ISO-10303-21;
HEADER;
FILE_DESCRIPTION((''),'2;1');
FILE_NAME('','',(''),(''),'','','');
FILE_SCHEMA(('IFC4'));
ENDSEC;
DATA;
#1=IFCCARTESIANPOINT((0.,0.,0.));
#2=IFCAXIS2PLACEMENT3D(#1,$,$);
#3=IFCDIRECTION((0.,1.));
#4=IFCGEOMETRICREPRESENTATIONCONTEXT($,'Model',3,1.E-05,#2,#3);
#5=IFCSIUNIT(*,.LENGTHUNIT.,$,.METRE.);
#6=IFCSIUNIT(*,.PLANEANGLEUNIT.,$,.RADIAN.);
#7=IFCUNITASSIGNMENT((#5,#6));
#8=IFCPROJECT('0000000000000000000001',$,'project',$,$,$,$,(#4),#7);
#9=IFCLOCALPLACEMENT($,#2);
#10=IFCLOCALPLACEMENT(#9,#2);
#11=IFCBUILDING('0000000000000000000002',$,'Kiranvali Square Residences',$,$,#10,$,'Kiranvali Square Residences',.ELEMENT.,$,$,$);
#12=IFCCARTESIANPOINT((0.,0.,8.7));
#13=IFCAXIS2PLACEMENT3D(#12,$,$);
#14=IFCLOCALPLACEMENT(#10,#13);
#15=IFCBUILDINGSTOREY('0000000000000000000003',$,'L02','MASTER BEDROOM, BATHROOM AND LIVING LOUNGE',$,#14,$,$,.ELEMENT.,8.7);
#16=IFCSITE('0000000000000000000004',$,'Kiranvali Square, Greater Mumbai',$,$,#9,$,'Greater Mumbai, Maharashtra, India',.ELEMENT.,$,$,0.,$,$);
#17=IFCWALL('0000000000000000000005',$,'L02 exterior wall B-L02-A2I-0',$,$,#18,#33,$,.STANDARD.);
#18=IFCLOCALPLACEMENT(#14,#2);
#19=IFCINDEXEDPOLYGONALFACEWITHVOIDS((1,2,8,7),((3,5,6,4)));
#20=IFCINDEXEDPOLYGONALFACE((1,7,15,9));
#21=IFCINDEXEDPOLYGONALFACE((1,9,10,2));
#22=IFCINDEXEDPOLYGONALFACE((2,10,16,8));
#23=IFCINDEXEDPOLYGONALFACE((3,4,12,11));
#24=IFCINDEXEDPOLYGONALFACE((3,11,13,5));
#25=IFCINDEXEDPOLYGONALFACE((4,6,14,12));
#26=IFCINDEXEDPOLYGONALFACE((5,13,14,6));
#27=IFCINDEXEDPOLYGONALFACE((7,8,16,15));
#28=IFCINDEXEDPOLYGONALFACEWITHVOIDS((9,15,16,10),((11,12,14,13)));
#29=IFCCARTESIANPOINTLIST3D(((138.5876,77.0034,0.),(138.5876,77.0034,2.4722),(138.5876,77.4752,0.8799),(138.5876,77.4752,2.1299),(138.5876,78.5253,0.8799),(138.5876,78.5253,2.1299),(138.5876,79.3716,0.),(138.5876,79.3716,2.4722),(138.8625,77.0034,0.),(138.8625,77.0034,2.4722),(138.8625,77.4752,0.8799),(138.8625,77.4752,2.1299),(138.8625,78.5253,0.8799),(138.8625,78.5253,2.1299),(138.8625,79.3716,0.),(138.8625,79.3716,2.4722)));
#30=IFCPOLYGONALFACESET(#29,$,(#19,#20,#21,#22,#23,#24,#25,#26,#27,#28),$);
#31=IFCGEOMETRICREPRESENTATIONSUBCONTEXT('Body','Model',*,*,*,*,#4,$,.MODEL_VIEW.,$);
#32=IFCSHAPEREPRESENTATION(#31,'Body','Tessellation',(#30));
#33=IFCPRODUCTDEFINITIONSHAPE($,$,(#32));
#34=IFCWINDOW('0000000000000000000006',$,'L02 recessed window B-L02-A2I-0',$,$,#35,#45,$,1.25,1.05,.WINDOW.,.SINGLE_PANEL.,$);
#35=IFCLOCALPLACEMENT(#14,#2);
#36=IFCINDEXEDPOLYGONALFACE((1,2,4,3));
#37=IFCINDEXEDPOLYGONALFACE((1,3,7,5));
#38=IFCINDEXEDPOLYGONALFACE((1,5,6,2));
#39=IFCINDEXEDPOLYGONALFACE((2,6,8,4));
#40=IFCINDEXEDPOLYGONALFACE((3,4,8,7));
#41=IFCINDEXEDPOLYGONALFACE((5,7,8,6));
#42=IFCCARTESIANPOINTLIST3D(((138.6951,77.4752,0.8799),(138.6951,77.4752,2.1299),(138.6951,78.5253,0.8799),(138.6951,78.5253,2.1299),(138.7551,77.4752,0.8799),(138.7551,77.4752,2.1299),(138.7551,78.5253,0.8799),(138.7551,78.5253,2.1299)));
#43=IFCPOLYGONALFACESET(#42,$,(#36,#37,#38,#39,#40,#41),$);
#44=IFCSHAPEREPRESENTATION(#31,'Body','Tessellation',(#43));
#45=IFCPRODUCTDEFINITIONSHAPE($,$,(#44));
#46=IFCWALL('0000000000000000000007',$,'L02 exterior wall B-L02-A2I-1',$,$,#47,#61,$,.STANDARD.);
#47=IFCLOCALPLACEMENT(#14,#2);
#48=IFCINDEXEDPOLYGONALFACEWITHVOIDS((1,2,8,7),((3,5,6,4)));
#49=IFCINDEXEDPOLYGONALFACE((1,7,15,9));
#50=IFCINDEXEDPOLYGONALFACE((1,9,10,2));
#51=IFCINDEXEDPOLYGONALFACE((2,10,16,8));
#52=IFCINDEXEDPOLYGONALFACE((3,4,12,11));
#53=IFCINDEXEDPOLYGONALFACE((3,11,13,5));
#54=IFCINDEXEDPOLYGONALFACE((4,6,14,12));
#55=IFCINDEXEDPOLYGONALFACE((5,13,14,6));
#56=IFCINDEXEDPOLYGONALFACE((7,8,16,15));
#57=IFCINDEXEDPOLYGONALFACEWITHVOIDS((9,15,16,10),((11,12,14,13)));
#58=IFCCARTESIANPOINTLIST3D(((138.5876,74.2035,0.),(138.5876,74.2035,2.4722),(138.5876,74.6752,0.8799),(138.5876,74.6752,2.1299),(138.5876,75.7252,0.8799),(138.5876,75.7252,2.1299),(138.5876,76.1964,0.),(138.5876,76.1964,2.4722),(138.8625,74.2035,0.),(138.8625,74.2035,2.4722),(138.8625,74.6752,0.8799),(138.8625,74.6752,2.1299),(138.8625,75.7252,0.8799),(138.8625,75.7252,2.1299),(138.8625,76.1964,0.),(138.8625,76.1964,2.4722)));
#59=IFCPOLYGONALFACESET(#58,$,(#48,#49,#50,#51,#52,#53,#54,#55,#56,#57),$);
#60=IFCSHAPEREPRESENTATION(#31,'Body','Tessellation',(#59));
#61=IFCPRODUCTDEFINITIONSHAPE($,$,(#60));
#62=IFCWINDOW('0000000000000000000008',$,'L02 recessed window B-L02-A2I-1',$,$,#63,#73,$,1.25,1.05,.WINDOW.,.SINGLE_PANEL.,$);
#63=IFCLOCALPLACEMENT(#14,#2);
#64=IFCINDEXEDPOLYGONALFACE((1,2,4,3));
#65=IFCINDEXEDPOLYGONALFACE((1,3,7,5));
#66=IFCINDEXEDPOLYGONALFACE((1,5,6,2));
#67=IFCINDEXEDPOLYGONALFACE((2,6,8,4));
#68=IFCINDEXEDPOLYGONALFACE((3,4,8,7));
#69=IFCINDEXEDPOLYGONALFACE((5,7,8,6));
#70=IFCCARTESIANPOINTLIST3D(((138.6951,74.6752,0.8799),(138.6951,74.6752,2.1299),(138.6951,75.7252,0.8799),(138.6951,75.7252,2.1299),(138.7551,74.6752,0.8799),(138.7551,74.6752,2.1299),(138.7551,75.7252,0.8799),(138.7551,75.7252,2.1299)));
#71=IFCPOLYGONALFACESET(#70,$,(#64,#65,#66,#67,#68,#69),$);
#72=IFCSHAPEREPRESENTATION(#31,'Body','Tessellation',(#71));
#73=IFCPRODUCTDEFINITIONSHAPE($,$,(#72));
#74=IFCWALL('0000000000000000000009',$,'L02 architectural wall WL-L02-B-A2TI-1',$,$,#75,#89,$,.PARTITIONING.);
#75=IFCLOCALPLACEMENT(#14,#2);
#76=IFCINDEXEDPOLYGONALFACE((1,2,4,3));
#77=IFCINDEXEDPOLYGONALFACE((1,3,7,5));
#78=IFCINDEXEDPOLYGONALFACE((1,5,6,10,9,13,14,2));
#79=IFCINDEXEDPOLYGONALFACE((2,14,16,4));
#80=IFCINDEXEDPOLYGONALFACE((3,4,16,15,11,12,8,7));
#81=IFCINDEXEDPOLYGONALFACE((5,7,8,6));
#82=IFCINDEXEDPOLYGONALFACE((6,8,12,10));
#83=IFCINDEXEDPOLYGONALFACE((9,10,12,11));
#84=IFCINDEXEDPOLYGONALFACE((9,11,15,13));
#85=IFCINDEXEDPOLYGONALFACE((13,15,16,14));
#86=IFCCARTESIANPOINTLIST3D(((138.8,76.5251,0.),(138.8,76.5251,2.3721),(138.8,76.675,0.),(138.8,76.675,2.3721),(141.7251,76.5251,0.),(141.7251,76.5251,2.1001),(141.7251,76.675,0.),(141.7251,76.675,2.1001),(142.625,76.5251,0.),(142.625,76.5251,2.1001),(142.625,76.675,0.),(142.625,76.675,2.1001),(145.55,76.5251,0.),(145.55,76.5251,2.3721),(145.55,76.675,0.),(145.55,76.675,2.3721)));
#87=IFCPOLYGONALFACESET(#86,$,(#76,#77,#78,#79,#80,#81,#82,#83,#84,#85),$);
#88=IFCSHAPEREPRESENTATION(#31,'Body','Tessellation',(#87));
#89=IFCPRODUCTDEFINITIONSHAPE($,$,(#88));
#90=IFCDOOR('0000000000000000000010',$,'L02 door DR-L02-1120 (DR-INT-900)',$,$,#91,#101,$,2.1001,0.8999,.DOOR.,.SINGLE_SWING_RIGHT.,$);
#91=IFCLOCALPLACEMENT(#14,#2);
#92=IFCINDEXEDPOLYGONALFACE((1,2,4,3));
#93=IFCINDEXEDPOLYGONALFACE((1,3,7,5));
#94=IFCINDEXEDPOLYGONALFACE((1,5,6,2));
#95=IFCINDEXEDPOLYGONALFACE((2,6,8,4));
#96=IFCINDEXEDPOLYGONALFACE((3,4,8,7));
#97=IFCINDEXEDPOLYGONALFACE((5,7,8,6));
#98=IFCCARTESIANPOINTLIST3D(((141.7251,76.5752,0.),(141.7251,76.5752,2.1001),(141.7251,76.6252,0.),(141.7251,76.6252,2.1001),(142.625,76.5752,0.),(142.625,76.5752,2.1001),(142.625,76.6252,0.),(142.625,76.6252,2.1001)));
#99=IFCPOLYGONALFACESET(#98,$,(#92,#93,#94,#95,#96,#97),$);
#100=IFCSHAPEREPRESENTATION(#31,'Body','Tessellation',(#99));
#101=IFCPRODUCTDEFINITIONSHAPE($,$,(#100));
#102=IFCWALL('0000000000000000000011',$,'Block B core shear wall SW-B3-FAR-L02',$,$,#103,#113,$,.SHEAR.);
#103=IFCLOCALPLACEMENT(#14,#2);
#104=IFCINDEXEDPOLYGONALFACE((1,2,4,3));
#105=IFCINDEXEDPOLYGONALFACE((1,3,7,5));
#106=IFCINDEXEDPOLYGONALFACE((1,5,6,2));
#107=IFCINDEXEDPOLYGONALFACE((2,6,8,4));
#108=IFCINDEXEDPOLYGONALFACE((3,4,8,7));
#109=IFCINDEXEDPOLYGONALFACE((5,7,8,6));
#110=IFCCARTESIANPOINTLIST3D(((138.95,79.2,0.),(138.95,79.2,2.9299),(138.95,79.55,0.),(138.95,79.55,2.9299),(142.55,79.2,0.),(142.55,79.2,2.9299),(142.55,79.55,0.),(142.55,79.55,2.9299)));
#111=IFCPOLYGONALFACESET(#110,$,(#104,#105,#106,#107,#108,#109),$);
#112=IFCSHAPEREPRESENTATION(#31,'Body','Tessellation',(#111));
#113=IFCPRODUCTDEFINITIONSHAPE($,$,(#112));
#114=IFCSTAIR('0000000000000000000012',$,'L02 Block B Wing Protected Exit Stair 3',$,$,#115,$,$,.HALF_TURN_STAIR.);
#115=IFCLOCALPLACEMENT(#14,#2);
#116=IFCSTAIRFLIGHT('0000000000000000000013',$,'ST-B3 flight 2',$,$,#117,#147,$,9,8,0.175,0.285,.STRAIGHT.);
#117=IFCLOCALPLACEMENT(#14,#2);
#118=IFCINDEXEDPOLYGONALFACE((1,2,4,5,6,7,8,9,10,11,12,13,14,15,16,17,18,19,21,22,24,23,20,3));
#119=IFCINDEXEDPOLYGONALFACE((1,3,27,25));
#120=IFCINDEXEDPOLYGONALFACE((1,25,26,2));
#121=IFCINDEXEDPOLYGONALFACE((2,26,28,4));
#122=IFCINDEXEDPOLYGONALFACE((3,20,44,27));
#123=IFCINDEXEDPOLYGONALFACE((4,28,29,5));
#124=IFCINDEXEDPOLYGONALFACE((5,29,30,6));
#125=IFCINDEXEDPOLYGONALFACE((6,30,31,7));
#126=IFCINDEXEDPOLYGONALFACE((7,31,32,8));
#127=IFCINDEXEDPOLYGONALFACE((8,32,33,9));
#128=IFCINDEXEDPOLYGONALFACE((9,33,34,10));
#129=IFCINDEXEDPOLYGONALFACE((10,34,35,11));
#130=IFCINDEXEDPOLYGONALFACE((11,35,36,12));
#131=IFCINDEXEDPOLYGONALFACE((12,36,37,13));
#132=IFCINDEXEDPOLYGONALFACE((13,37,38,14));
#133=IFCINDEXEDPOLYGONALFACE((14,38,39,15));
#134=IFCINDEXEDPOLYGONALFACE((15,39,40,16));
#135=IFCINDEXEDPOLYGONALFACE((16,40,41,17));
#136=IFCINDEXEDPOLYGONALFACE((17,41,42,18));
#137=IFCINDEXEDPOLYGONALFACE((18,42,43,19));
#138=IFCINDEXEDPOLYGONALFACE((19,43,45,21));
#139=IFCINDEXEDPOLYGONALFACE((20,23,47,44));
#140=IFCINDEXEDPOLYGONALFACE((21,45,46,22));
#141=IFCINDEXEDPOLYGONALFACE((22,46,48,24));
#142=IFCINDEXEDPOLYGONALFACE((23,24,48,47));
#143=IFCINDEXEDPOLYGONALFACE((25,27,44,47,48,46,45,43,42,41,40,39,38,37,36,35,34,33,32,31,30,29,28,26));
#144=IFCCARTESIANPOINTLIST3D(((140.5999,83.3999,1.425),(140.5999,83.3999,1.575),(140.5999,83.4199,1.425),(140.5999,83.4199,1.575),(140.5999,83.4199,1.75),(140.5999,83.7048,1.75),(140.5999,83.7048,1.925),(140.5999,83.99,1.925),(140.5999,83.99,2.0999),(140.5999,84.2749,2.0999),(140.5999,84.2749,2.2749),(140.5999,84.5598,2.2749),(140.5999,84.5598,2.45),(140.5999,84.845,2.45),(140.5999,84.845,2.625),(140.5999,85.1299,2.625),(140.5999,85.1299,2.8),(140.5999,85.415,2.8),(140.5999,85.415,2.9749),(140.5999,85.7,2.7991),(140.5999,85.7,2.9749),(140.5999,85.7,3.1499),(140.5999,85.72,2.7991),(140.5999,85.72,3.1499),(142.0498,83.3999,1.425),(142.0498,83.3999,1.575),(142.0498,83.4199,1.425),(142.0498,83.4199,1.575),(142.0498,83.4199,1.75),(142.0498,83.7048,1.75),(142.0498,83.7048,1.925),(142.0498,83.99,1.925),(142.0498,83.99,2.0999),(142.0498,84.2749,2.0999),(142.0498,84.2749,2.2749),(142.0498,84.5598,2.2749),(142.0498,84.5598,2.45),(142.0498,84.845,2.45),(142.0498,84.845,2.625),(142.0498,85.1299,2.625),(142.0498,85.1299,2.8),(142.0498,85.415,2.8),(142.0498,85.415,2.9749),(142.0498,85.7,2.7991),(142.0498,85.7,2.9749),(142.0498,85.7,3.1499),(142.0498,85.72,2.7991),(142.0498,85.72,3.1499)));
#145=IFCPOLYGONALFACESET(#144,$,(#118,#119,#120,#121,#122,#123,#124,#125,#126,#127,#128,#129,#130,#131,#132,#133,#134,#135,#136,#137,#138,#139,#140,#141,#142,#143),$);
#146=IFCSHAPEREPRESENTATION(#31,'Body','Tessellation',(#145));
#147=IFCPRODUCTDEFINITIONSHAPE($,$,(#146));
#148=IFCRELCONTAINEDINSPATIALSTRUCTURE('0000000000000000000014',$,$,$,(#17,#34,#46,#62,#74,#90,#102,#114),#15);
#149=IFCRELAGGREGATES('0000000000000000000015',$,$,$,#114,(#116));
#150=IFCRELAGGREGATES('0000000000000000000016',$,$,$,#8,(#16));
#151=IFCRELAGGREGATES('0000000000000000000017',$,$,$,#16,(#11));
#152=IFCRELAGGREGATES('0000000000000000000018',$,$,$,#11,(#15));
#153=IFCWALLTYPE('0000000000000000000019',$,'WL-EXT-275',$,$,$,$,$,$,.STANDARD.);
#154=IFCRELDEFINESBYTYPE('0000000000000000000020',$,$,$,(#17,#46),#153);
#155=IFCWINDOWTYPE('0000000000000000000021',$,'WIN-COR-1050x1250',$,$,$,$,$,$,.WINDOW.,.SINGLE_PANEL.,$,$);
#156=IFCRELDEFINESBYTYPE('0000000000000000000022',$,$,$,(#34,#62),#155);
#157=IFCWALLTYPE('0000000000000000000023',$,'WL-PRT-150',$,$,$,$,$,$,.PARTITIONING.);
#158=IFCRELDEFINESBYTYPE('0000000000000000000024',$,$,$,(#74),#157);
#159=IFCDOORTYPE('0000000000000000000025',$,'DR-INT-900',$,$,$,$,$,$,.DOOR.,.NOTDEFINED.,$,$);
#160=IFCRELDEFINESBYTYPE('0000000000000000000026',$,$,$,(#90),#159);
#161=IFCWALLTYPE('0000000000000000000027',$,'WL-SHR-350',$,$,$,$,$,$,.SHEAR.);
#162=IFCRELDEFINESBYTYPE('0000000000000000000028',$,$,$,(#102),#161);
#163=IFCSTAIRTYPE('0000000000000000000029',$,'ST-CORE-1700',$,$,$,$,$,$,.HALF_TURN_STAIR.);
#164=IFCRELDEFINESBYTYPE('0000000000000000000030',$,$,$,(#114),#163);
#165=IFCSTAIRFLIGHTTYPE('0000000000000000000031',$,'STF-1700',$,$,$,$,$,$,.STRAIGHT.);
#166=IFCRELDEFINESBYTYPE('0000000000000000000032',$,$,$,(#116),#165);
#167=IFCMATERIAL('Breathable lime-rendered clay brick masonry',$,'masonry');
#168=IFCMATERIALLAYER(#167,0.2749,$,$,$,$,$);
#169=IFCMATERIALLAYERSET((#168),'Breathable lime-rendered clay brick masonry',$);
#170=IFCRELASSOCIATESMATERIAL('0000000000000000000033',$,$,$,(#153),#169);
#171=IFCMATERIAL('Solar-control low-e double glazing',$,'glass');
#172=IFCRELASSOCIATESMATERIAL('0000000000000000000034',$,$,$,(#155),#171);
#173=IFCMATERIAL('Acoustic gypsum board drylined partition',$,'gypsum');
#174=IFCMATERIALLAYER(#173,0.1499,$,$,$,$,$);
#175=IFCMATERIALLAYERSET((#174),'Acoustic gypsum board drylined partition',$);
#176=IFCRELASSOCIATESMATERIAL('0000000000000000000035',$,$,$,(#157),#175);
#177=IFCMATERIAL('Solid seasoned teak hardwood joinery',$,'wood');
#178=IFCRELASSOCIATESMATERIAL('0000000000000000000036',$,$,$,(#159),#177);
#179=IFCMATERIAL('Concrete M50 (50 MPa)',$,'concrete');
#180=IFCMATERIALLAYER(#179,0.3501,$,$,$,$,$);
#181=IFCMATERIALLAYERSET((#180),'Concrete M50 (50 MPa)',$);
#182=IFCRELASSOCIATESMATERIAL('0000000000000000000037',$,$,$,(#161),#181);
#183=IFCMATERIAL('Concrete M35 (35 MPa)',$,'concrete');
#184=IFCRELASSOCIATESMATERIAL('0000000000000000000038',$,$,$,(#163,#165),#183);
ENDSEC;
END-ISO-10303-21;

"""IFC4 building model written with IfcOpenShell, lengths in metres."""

from ifc_helpers import new_model, si_unit, direction, frame, frame_2d, origin, place, context, subcontext, project, spatial, polyline, rectangle, outline, extrude, material, layer, layer_set, type_object, element, fill, aggregate, save


model = new_model("IFC4")

# Units and contexts
model_context = context("Model", 3, precision=1e-05, world=origin(), true_north=direction((0.0, 1.0)))
body_context = subcontext(model_context, "Body", "Model", "MODEL_VIEW")
ifc_project = project(units=[si_unit("LENGTHUNIT", "METRE"), si_unit("PLANEANGLEUNIT", "RADIAN")], contexts=[model_context])

# Site, building, storey
site_placement = place(None, origin())
site = spatial("IfcSite", under=ifc_project, at=site_placement, Name="Kiranvali Square, Greater Mumbai", LongName="Greater Mumbai, Maharashtra, India", CompositionType="ELEMENT", RefElevation=0.0)
building_placement = place(site_placement, origin())
building = spatial("IfcBuilding", under=site, at=building_placement, Name="Kiranvali Square Residences", LongName="Kiranvali Square Residences", CompositionType="ELEMENT")
storey_placement = place(building_placement, frame((0.0, 0.0, 8.7)))
storey = spatial("IfcBuildingStorey", under=building, at=storey_placement, Name="L02", Description="MASTER BEDROOM, BATHROOM AND LIVING LOUNGE", CompositionType="ELEMENT", Elevation=8.7)

# Shared definitions
ifc_material_1 = material(Name="Concrete M50 (50 MPa)", Category="concrete")

# Walls, openings, windows
ifc_material_2 = material(Name="Breathable lime-rendered clay brick masonry", Category="masonry")
ifc_layer_1 = layer(ifc_material_2, 0.2749)
ifc_layer_set_1 = layer_set([ifc_layer_1], Name="Breathable lime-rendered clay brick masonry")
wall_type_1 = type_object("IfcWallType", Name="WL-EXT-275", PredefinedType="STANDARD", material=ifc_layer_set_1)
wall_1_placement = place(storey_placement, frame((138.7251, 79.3716, 0.0), z_axis=(0.0, 0.0, 1.0), x_axis=(0.0, -1.0, 0.0)))
wall_1 = element("IfcWall", 1, at=wall_1_placement, inside=storey, type_object=wall_type_1, Name="L02 exterior wall B-L02-A2I-0", PredefinedType="STANDARD", context=body_context, shape_type="SweptSolid", body=[
    extrude(rectangle(XDim=2.3682, YDim=0.2749, at=frame_2d((1.1841, 0.0))), origin(), (0.0, 0.0, 1.0), 2.4722),
])
opening_1_placement = place(wall_1_placement, frame((0.8464, 0.0, 0.8799)))
opening_1 = element("IfcOpeningElement", 2, at=opening_1_placement, cuts=wall_1, PredefinedType="OPENING", context=body_context, shape_type="SweptSolid", body=[
    extrude(rectangle(XDim=1.05, YDim=1.25, at=frame_2d((0.5249, 0.625))), frame((0.0, 0.1475, 0.0), z_axis=(0.0, -1.0, 0.0), x_axis=(1.0, 0.0, 0.0)), (0.0, 0.0, 1.0), 0.2949),
])
ifc_material_3 = material(Name="Solar-control low-e double glazing", Category="glass")
window_type = type_object("IfcWindowType", Name="WIN-COR-1050x1250", PartitioningType="SINGLE_PANEL", PredefinedType="WINDOW", material=ifc_material_3)
window_1_placement = place(opening_1_placement, origin())
window_1 = element("IfcWindow", 3, at=window_1_placement, inside=storey, type_object=window_type, Name="L02 recessed window B-L02-A2I-0", OverallHeight=1.25, OverallWidth=1.05, PartitioningType="SINGLE_PANEL", PredefinedType="WINDOW", context=body_context, shape_type="SweptSolid", body=[
    extrude(rectangle(XDim=1.05, YDim=1.25, at=frame_2d((0.5249, 0.625))), frame((0.0, 0.03, 0.0), z_axis=(0.0, -1.0, 0.0), x_axis=(1.0, 0.0, 0.0)), (0.0, 0.0, 1.0), 0.0601),
])
fill(opening_1, window_1)
wall_2_placement = place(storey_placement, frame((138.7251, 76.1965, 0.0), z_axis=(0.0, 0.0, 1.0), x_axis=(0.0, -1.0, 0.0)))
wall_2 = element("IfcWall", 4, at=wall_2_placement, inside=storey, type_object=wall_type_1, Name="L02 exterior wall B-L02-A2I-1", PredefinedType="STANDARD", context=body_context, shape_type="SweptSolid", body=[
    extrude(rectangle(XDim=1.9929, YDim=0.2749, at=frame_2d((0.9966, 0.0))), origin(), (0.0, 0.0, 1.0), 2.4722),
])
opening_2_placement = place(wall_2_placement, frame((0.4714, 0.0, 0.8799)))
opening_2 = element("IfcOpeningElement", 5, at=opening_2_placement, cuts=wall_2, PredefinedType="OPENING", context=body_context, shape_type="SweptSolid", body=[
    extrude(rectangle(XDim=1.05, YDim=1.25, at=frame_2d((0.5249, 0.625))), frame((0.0, 0.1475, 0.0), z_axis=(0.0, -1.0, 0.0), x_axis=(1.0, 0.0, 0.0)), (0.0, 0.0, 1.0), 0.2949),
])
window_2_placement = place(opening_2_placement, origin())
window_2 = element("IfcWindow", 6, at=window_2_placement, inside=storey, type_object=window_type, Name="L02 recessed window B-L02-A2I-1", OverallHeight=1.25, OverallWidth=1.05, PartitioningType="SINGLE_PANEL", PredefinedType="WINDOW", context=body_context, shape_type="SweptSolid", body=[
    extrude(rectangle(XDim=1.05, YDim=1.25, at=frame_2d((0.5249, 0.625))), frame((0.0, 0.03, 0.0), z_axis=(0.0, -1.0, 0.0), x_axis=(1.0, 0.0, 0.0)), (0.0, 0.0, 1.0), 0.0601),
])
fill(opening_2, window_2)

# Wall, opening, door
ifc_material_4 = material(Name="Acoustic gypsum board drylined partition", Category="gypsum")
ifc_layer_2 = layer(ifc_material_4, 0.1499)
ifc_layer_set_2 = layer_set([ifc_layer_2], Name="Acoustic gypsum board drylined partition")
wall_type_2 = type_object("IfcWallType", Name="WL-PRT-150", PredefinedType="PARTITIONING", material=ifc_layer_set_2)
wall_3_placement = place(storey_placement, frame((138.8, 76.6001, 0.0), z_axis=(0.0, 0.0, 1.0), x_axis=(1.0, 0.0, 0.0)))
wall_3 = element("IfcWall", 7, at=wall_3_placement, inside=storey, type_object=wall_type_2, Name="L02 architectural wall WL-L02-B-A2TI-1", PredefinedType="PARTITIONING", context=body_context, shape_type="SweptSolid", body=[
    extrude(rectangle(XDim=6.75, YDim=0.1499, at=frame_2d((3.375, 0.0))), origin(), (0.0, 0.0, 1.0), 2.3721),
])
opening_3_placement = place(wall_3_placement, frame((2.925, 0.0, 0.0)))
opening_3 = element("IfcOpeningElement", 8, at=opening_3_placement, cuts=wall_3, PredefinedType="OPENING", context=body_context, shape_type="SweptSolid", body=[
    extrude(rectangle(XDim=0.8999, YDim=2.1001, at=frame_2d((0.45, 1.05))), frame((0.0, 0.085, 0.0), z_axis=(0.0, -1.0, 0.0), x_axis=(1.0, 0.0, 0.0)), (0.0, 0.0, 1.0), 0.1699),
])
ifc_material_5 = material(Name="Solid seasoned teak hardwood joinery", Category="wood")
door_type_1 = type_object("IfcDoorType", Name="DR-INT-900", OperationType="NOTDEFINED", PredefinedType="DOOR", material=ifc_material_5)
door_1_placement = place(opening_3_placement, frame((0.8999, 0.0, 0.0), z_axis=(0.0, 0.0, 1.0), x_axis=(-1.0, 0.0, 0.0)))
door_1 = element("IfcDoor", 9, at=door_1_placement, inside=storey, type_object=door_type_1, Name="L02 door DR-L02-1120 (DR-INT-900)", OperationType="SINGLE_SWING_RIGHT", OverallHeight=2.1001, OverallWidth=0.8999, PredefinedType="DOOR", context=body_context, shape_type="SweptSolid", body=[
    extrude(rectangle(XDim=0.8999, YDim=2.1001, at=frame_2d((0.45, 1.05))), frame((0.0, 0.0249, 0.0), z_axis=(0.0, -1.0, 0.0), x_axis=(1.0, 0.0, 0.0)), (0.0, 0.0, 1.0), 0.05),
])
fill(opening_3, door_1)

# Wall
ifc_layer_3 = layer(ifc_material_1, 0.3501)
ifc_layer_set_3 = layer_set([ifc_layer_3], Name="Concrete M50 (50 MPa)")
wall_type_3 = type_object("IfcWallType", Name="WL-SHR-350", PredefinedType="SHEAR", material=ifc_layer_set_3)
wall_4_placement = place(storey_placement, frame((138.95, 79.375, 0.0), z_axis=(0.0, 0.0, 1.0), x_axis=(1.0, 0.0, 0.0)))
element("IfcWall", 10, at=wall_4_placement, inside=storey, type_object=wall_type_3, Name="Block B core shear wall SW-B3-FAR-L02", PredefinedType="SHEAR", context=body_context, shape_type="SweptSolid", body=[
    extrude(rectangle(XDim=3.6001, YDim=0.3501, at=frame_2d((1.8, 0.0))), origin(), (0.0, 0.0, 1.0), 2.9299),
])

# Stair, stair flight
ifc_material_6 = material(Name="Concrete M35 (35 MPa)", Category="concrete")
stair_type = type_object("IfcStairType", Name="ST-CORE-1700", PredefinedType="HALF_TURN_STAIR", material=ifc_material_6)
stair_placement = place(storey_placement, origin())
stair = element("IfcStair", 11, at=stair_placement, inside=storey, type_object=stair_type, Name="L02 Block B Wing Protected Exit Stair 3", PredefinedType="HALF_TURN_STAIR")
stair_flight_type = type_object("IfcStairFlightType", Name="STF-1700", PredefinedType="STRAIGHT", material=ifc_material_6)
stair_flight_placement = place(storey_placement, frame((141.325, 83.4199, 1.575), z_axis=(0.0, 0.0, 1.0), x_axis=(0.0, 1.0, 0.0)))
stair_flight = element("IfcStairFlight", 12, at=stair_flight_placement, type_object=stair_flight_type, Name="ST-B3 flight 2", NumberOfRisers=9, NumberOfTreads=8, PredefinedType="STRAIGHT", RiserHeight=0.175, TreadLength=0.285, context=body_context, shape_type="SweptSolid", body=[
    extrude(outline(polyline([(-0.02, -0.1499), (-0.02, 0.0), (0.0, 0.0), (0.0, 0.175), (0.2849, 0.175), (0.2849, 0.3501), (0.5701, 0.3501), (0.5701, 0.5249), (0.855, 0.5249), (0.855, 0.7), (1.1399, 0.7), (1.1399, 0.875), (1.425, 0.875), (1.425, 1.05), (1.71, 1.05), (1.71, 1.2251), (1.9951, 1.2251), (1.9951, 1.3999), (2.28, 1.3999), (2.28, 1.575), (2.3, 1.575), (2.3, 1.2241), (2.28, 1.2241), (0.0, -0.1499), (-0.02, -0.1499)])), frame((0.0, 0.7251, 0.0), z_axis=(0.0, -1.0, 0.0), x_axis=(1.0, 0.0, 0.0)), (0.0, 0.0, 1.0), 1.45),
])
aggregate(stair, [stair_flight])

save(model, "model.ifc")
